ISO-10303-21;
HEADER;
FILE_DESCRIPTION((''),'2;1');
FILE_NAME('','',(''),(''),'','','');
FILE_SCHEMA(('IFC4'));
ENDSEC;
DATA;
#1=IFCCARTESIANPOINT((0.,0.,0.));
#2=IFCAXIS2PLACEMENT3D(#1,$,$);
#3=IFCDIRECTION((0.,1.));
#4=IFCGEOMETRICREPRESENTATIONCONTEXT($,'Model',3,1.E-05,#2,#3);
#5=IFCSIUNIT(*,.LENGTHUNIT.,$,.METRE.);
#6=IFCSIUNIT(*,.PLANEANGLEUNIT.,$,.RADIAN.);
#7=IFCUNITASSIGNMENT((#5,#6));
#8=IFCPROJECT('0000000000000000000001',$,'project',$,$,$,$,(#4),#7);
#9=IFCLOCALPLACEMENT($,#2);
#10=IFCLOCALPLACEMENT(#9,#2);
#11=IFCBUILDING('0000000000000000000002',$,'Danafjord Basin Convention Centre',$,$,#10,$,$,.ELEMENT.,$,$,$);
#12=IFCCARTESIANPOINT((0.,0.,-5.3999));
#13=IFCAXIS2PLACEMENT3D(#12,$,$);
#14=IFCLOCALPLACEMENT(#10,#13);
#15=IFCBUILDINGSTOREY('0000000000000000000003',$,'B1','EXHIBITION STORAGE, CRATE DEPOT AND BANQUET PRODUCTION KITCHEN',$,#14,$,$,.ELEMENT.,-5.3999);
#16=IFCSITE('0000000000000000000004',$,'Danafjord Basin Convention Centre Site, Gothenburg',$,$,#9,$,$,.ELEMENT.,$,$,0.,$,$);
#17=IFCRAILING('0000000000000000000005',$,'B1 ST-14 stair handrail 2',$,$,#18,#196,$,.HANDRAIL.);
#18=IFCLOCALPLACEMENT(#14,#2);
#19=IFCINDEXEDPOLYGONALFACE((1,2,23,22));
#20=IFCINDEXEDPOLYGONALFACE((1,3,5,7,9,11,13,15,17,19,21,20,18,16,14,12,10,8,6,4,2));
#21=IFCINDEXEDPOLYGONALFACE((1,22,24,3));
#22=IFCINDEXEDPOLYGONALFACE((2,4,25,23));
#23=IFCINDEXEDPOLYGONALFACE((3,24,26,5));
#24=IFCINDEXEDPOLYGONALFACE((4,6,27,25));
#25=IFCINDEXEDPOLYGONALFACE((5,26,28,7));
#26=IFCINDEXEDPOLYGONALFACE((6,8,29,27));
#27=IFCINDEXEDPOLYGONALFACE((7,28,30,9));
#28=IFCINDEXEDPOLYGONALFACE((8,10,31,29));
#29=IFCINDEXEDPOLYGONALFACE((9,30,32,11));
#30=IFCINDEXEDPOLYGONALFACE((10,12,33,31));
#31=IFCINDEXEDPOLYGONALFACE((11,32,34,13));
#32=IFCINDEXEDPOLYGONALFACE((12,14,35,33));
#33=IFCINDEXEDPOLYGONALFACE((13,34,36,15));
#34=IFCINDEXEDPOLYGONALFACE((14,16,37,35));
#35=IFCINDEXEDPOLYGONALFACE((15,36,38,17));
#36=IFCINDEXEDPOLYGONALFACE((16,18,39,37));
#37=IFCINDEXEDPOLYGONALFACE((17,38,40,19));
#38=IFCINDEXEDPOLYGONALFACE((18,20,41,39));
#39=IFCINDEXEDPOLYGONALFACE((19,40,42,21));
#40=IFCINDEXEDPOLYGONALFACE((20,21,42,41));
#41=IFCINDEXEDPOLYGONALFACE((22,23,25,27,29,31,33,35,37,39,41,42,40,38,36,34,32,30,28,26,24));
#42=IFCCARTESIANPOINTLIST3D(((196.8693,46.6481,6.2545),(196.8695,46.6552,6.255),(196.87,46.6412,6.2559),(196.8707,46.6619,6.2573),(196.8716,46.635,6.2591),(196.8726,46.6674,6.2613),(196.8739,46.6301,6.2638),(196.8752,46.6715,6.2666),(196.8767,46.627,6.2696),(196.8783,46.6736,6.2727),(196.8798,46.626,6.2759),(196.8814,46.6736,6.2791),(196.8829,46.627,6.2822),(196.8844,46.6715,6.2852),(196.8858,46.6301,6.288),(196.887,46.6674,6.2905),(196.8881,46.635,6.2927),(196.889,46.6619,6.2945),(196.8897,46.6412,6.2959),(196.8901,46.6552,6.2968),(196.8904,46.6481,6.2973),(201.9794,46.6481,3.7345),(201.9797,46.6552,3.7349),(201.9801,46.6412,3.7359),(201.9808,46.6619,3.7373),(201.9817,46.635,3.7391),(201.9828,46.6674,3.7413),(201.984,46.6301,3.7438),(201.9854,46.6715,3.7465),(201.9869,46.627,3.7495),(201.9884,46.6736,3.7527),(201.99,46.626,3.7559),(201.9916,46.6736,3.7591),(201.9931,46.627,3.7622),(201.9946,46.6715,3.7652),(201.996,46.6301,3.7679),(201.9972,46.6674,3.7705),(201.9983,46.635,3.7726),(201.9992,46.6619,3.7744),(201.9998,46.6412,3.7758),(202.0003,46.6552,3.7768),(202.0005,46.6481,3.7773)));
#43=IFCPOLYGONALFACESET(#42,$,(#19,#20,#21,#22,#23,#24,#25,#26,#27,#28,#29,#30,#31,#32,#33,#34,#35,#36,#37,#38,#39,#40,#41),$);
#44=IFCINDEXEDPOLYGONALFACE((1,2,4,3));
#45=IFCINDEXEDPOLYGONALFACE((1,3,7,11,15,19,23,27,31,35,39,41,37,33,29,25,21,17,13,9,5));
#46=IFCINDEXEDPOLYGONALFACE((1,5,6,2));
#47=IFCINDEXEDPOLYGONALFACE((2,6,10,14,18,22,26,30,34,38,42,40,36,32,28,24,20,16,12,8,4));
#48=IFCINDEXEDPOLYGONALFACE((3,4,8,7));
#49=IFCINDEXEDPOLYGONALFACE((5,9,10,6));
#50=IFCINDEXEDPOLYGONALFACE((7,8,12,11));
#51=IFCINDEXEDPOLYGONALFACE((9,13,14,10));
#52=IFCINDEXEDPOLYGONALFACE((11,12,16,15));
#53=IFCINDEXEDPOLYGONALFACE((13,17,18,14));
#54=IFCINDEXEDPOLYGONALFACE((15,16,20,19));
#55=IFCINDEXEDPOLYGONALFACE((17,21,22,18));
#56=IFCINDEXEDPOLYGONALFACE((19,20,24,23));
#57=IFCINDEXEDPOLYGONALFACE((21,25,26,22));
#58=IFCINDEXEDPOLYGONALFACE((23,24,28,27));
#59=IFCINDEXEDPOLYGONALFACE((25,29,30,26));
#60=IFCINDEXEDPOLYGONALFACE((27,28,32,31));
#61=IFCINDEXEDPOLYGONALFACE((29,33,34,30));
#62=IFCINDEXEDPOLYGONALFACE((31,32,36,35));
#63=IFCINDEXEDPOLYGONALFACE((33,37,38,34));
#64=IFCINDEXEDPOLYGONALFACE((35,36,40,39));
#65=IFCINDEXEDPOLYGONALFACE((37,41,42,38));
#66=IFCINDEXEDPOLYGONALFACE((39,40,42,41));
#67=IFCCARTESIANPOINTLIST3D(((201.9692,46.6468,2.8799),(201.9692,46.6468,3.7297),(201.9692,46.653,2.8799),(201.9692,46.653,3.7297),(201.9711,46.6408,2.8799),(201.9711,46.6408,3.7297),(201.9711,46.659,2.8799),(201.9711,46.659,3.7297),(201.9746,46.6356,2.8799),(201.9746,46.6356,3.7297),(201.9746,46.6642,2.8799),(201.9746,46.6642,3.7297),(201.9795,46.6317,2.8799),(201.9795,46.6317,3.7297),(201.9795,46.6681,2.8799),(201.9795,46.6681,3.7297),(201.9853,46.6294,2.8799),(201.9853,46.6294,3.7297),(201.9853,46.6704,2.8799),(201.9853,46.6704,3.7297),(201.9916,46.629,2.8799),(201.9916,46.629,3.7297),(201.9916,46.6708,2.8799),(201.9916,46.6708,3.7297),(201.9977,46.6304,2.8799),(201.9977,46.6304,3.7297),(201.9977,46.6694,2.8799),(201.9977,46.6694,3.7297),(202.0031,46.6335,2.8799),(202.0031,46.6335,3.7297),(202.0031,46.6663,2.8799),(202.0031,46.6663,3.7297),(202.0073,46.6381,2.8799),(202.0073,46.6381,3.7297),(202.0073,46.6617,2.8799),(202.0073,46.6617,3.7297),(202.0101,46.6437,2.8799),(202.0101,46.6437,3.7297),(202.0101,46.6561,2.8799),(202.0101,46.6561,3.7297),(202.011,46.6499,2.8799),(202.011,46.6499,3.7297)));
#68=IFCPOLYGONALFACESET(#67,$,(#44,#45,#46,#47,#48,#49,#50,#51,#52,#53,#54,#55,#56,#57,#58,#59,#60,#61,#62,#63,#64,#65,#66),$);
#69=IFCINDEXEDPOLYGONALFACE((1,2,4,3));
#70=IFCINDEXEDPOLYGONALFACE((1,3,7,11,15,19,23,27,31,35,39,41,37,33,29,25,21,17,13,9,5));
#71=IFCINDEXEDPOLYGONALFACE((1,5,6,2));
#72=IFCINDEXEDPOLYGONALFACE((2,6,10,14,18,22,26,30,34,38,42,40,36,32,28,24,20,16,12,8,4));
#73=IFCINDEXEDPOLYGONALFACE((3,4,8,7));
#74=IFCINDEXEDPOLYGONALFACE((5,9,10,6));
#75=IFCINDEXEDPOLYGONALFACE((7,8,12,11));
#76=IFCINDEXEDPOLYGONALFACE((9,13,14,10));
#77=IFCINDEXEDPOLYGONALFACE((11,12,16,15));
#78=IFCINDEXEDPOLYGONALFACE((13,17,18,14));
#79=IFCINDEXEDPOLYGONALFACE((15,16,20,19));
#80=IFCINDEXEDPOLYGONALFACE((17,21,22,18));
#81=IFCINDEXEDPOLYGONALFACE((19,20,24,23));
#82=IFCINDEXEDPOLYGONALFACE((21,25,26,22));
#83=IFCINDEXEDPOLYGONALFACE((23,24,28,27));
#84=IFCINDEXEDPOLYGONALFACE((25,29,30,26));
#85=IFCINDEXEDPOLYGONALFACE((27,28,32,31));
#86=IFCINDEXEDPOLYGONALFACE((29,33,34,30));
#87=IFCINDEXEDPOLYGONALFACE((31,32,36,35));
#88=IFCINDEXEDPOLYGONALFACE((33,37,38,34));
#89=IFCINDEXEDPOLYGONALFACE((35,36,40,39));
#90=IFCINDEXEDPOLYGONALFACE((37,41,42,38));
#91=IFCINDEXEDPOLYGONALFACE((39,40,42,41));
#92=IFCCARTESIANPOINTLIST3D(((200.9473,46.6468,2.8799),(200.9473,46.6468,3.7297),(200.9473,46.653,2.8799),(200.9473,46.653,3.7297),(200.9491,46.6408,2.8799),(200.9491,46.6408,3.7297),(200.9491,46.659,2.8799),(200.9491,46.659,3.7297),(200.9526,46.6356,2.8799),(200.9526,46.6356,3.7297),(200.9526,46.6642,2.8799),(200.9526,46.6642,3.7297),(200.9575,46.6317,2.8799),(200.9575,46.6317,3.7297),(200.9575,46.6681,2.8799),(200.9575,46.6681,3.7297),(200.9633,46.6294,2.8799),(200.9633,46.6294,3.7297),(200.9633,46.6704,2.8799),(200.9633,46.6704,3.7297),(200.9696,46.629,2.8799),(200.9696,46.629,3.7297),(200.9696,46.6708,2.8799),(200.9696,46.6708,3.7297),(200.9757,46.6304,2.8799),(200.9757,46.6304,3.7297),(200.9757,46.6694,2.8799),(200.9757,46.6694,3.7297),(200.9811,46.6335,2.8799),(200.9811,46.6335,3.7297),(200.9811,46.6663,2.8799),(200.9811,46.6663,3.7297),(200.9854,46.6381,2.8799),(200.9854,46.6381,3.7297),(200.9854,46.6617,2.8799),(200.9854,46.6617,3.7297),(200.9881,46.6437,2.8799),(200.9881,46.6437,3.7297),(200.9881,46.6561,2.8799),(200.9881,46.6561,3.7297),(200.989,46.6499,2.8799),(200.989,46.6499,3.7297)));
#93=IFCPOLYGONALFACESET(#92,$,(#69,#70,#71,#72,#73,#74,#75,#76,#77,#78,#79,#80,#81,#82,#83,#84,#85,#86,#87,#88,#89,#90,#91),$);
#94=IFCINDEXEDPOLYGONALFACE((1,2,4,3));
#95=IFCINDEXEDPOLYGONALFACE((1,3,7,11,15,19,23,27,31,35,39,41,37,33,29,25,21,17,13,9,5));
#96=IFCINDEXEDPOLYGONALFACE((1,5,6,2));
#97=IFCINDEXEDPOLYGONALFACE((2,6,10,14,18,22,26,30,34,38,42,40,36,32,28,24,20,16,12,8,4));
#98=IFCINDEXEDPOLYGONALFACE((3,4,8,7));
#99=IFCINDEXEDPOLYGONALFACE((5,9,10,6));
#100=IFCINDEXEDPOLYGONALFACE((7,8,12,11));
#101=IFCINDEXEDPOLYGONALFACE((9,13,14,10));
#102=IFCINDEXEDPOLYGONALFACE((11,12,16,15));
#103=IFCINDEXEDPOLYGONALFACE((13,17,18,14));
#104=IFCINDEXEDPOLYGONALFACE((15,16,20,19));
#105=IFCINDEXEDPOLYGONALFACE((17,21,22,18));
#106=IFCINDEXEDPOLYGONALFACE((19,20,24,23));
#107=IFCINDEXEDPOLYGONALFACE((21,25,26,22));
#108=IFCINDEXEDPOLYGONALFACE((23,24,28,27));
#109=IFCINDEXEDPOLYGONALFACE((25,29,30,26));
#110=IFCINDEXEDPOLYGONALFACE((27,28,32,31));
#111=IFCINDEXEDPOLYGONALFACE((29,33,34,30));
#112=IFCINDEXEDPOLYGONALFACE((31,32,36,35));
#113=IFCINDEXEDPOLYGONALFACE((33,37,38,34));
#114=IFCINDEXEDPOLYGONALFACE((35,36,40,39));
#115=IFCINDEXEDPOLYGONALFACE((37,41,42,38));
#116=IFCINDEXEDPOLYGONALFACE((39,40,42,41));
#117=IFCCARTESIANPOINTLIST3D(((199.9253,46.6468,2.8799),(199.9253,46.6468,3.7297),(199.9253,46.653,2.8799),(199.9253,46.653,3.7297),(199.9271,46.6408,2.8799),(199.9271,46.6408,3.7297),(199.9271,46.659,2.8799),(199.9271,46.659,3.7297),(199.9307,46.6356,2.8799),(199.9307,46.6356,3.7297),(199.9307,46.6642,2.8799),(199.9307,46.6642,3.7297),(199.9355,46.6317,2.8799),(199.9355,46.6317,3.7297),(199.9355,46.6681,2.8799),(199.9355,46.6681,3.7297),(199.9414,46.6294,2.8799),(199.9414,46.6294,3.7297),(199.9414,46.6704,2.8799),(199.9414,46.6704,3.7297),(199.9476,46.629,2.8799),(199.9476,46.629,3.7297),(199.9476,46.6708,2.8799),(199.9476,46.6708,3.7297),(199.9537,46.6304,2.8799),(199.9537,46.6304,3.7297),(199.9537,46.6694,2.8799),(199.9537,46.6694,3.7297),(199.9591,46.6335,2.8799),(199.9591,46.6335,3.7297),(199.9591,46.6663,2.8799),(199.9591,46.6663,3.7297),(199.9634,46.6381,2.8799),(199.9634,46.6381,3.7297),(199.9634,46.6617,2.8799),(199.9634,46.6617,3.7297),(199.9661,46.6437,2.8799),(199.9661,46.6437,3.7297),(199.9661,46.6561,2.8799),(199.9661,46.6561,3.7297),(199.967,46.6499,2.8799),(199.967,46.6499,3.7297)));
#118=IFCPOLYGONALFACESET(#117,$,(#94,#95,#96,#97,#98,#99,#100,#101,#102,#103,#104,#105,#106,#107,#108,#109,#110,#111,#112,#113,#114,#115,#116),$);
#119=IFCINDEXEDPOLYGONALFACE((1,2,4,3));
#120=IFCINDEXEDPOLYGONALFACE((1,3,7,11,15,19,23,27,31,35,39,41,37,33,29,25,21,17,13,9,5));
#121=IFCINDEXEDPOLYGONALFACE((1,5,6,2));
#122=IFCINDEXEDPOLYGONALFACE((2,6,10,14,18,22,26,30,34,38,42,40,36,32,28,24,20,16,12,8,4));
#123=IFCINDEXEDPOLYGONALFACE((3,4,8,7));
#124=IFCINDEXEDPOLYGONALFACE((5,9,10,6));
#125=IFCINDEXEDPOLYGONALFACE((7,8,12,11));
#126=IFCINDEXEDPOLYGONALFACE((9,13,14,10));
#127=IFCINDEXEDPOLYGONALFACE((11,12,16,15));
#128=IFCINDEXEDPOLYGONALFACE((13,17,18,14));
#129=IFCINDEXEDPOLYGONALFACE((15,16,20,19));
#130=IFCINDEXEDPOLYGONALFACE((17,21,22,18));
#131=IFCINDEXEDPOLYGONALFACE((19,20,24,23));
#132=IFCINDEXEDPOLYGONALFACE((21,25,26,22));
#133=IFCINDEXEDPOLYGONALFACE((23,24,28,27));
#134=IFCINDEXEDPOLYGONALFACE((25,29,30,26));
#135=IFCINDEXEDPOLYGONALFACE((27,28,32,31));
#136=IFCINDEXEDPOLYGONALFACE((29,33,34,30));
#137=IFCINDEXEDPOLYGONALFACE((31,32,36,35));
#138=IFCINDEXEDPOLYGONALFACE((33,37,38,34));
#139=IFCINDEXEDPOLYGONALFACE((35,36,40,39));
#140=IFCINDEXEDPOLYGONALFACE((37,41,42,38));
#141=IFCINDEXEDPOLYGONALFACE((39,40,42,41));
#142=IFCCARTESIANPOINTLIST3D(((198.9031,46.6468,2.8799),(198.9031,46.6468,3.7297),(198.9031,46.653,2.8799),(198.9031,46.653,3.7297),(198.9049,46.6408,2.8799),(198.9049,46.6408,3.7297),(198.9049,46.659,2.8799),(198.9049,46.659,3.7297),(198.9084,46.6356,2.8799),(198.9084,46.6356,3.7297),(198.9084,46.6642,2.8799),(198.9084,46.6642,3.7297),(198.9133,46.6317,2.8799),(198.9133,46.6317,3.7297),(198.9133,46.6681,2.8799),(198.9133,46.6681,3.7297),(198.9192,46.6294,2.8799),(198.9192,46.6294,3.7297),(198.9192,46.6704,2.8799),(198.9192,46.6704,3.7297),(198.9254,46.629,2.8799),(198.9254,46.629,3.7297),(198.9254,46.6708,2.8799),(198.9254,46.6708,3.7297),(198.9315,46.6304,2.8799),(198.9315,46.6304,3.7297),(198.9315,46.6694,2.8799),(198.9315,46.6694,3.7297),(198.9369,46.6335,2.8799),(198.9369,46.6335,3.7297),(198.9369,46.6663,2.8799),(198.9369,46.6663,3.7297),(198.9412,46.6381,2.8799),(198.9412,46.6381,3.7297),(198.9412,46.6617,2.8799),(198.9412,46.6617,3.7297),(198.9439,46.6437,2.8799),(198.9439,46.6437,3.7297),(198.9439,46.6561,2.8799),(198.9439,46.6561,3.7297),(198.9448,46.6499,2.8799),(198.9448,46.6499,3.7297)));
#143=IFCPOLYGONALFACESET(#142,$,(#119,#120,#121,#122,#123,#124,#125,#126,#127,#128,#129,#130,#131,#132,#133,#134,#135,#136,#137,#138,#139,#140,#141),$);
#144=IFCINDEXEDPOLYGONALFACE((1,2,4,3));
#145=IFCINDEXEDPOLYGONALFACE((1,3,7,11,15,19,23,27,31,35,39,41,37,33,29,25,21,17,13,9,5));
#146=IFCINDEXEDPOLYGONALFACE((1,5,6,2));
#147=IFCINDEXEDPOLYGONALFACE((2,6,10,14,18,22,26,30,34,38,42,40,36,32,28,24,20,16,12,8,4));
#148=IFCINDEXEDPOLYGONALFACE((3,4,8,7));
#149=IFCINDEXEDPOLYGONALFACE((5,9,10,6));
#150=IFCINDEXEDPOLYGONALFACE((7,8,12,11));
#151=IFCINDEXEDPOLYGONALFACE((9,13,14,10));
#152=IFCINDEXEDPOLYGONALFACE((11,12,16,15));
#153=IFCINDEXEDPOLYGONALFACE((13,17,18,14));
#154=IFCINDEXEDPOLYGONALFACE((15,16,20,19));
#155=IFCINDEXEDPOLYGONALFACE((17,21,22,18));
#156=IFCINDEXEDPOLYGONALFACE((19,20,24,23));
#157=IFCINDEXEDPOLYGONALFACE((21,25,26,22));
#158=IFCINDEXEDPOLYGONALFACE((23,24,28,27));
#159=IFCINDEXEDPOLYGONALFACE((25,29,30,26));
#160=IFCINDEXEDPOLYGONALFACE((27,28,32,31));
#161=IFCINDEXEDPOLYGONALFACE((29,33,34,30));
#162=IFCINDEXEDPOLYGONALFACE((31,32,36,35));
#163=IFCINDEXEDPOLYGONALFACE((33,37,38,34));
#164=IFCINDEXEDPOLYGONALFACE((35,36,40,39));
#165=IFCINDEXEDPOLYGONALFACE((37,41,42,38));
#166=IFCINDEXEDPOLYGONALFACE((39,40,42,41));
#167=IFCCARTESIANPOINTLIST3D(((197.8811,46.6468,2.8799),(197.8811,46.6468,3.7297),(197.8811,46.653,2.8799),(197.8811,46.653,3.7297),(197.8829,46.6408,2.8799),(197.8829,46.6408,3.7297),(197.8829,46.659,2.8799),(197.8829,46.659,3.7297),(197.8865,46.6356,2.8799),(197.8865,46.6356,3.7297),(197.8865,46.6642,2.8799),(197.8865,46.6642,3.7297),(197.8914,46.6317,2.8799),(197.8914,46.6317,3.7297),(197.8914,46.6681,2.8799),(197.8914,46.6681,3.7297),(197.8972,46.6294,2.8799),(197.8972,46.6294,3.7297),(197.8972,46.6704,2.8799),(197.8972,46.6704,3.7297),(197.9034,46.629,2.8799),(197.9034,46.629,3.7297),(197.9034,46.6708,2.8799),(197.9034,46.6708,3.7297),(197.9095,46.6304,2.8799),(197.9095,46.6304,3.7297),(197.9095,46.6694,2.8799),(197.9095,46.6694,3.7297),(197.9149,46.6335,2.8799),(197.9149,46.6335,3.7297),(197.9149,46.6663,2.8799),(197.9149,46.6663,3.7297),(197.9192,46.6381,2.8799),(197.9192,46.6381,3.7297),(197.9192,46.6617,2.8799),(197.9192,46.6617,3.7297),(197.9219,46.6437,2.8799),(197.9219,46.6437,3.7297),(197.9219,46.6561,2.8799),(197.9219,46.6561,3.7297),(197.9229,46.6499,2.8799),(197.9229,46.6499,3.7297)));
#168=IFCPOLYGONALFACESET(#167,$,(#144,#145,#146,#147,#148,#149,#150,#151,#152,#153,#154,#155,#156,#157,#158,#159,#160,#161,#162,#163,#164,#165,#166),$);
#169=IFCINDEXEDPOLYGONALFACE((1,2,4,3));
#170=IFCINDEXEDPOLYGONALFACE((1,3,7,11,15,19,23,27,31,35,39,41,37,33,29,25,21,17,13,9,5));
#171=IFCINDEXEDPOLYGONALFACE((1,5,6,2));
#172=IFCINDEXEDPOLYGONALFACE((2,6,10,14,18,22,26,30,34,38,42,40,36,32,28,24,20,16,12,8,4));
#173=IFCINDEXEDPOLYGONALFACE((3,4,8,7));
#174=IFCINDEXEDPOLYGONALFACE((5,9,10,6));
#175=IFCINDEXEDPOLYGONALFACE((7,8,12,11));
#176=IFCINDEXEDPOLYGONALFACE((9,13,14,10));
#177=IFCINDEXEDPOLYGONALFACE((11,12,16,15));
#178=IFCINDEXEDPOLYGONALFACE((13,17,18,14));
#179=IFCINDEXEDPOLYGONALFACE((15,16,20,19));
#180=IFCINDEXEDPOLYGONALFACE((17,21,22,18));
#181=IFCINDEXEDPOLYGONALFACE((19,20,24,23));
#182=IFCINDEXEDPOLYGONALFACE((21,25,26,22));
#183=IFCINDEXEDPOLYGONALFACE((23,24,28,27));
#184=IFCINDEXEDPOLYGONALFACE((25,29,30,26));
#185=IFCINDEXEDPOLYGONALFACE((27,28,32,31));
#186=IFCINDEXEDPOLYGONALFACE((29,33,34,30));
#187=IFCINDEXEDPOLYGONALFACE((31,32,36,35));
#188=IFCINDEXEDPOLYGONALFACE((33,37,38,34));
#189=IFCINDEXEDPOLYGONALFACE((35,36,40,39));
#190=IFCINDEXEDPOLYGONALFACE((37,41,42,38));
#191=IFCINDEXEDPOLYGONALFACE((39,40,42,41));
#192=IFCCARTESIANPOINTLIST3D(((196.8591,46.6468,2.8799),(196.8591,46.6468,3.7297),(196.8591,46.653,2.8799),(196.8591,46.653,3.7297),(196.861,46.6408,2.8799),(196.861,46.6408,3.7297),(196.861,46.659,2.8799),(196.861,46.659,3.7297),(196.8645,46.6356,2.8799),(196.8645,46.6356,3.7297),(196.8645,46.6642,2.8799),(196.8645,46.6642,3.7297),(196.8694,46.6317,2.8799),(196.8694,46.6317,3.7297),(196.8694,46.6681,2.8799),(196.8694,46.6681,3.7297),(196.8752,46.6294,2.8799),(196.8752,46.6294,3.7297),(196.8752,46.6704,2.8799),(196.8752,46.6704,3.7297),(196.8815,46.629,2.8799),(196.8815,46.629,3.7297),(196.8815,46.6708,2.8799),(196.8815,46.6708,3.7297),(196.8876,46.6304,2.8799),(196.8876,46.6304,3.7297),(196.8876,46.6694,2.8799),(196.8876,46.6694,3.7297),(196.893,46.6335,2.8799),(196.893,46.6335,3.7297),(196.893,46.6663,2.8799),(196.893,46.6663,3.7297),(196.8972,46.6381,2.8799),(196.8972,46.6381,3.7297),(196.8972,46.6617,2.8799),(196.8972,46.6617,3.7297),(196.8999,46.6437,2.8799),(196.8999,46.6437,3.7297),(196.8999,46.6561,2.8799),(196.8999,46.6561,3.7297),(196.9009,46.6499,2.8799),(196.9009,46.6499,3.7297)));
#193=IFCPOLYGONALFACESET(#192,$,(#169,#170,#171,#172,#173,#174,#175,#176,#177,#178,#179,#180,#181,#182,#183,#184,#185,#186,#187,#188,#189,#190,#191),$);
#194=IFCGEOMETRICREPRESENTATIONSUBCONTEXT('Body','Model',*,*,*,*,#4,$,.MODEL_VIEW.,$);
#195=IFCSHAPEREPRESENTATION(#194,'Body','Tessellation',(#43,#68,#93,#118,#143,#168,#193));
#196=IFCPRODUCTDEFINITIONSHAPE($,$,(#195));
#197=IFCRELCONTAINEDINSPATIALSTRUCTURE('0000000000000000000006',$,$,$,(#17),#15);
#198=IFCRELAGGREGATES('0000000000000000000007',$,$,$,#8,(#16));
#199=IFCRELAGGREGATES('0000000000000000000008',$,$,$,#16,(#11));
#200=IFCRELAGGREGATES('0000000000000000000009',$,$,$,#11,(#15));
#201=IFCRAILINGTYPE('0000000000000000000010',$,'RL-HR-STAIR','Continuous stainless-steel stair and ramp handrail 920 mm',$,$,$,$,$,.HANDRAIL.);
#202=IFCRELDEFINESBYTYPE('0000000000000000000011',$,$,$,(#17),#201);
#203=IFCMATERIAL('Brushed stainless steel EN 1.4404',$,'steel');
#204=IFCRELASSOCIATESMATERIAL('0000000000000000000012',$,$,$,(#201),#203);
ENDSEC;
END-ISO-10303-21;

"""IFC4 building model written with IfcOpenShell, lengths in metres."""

from ifc_helpers import new_model, si_unit, direction, frame, origin, origin_2d, place, context, subcontext, project, spatial, circle, extrude, material, type_object, element, save


model = new_model("IFC4")

# Units and contexts
model_context = context("Model", 3, precision=1e-05, world=origin(), true_north=direction((0.0, 1.0)))
body_context = subcontext(model_context, "Body", "Model", "MODEL_VIEW")
ifc_project = project(units=[si_unit("LENGTHUNIT", "METRE"), si_unit("PLANEANGLEUNIT", "RADIAN")], contexts=[model_context])

# Site, building, storey
site_placement = place(None, origin())
site = spatial("IfcSite", under=ifc_project, at=site_placement, Name="Danafjord Basin Convention Centre Site, Gothenburg", CompositionType="ELEMENT", RefElevation=0.0)
building_placement = place(site_placement, origin())
building = spatial("IfcBuilding", under=site, at=building_placement, Name="Danafjord Basin Convention Centre", CompositionType="ELEMENT")
storey_placement = place(building_placement, frame((0.0, 0.0, -5.3999)))
storey = spatial("IfcBuildingStorey", under=building, at=storey_placement, Name="B1", Description="EXHIBITION STORAGE, CRATE DEPOT AND BANQUET PRODUCTION KITCHEN", CompositionType="ELEMENT", Elevation=-5.3999)

# Railing
ifc_material_1 = material(Name="Brushed stainless steel EN 1.4404", Category="steel")
railing_type_1 = type_object("IfcRailingType", Name="RL-HR-STAIR", Description="Continuous stainless-steel stair and ramp handrail 920 mm", PredefinedType="HANDRAIL", material=ifc_material_1)
railing_1_placement = place(storey_placement, frame((201.99, 46.6499, 2.8799)))
element("IfcRailing", 1, at=railing_1_placement, inside=storey, type_object=railing_type_1, Name="B1 ST-14 stair handrail 2", PredefinedType="HANDRAIL", context=body_context, shape_type="SweptSolid", body=[
    extrude(circle(Radius=0.0239, at=origin_2d()), frame((0.0, 0.0, 0.876), z_axis=(-0.896873, 0.0, 0.442288), x_axis=(0.0, -1.0, 0.0)), (0.0, 0.0, 1.0), 5.6978),
    extrude(circle(Radius=0.021, at=origin_2d()), origin(), (0.0, 0.0, 1.0), 0.8499),
    extrude(circle(Radius=0.021, at=origin_2d()), frame((-1.022, 0.0, 0.0)), (0.0, 0.0, 1.0), 0.8499),
    extrude(circle(Radius=0.021, at=origin_2d()), frame((-2.0439, 0.0, 0.0)), (0.0, 0.0, 1.0), 0.8499),
    extrude(circle(Radius=0.021, at=origin_2d()), frame((-3.0662, 0.0, 0.0)), (0.0, 0.0, 1.0), 0.8499),
    extrude(circle(Radius=0.021, at=origin_2d()), frame((-4.0881, 0.0, 0.0)), (0.0, 0.0, 1.0), 0.8499),
    extrude(circle(Radius=0.021, at=origin_2d()), frame((-5.1101, 0.0, 0.0)), (0.0, 0.0, 1.0), 0.8499),
])

save(model, "model.ifc")
